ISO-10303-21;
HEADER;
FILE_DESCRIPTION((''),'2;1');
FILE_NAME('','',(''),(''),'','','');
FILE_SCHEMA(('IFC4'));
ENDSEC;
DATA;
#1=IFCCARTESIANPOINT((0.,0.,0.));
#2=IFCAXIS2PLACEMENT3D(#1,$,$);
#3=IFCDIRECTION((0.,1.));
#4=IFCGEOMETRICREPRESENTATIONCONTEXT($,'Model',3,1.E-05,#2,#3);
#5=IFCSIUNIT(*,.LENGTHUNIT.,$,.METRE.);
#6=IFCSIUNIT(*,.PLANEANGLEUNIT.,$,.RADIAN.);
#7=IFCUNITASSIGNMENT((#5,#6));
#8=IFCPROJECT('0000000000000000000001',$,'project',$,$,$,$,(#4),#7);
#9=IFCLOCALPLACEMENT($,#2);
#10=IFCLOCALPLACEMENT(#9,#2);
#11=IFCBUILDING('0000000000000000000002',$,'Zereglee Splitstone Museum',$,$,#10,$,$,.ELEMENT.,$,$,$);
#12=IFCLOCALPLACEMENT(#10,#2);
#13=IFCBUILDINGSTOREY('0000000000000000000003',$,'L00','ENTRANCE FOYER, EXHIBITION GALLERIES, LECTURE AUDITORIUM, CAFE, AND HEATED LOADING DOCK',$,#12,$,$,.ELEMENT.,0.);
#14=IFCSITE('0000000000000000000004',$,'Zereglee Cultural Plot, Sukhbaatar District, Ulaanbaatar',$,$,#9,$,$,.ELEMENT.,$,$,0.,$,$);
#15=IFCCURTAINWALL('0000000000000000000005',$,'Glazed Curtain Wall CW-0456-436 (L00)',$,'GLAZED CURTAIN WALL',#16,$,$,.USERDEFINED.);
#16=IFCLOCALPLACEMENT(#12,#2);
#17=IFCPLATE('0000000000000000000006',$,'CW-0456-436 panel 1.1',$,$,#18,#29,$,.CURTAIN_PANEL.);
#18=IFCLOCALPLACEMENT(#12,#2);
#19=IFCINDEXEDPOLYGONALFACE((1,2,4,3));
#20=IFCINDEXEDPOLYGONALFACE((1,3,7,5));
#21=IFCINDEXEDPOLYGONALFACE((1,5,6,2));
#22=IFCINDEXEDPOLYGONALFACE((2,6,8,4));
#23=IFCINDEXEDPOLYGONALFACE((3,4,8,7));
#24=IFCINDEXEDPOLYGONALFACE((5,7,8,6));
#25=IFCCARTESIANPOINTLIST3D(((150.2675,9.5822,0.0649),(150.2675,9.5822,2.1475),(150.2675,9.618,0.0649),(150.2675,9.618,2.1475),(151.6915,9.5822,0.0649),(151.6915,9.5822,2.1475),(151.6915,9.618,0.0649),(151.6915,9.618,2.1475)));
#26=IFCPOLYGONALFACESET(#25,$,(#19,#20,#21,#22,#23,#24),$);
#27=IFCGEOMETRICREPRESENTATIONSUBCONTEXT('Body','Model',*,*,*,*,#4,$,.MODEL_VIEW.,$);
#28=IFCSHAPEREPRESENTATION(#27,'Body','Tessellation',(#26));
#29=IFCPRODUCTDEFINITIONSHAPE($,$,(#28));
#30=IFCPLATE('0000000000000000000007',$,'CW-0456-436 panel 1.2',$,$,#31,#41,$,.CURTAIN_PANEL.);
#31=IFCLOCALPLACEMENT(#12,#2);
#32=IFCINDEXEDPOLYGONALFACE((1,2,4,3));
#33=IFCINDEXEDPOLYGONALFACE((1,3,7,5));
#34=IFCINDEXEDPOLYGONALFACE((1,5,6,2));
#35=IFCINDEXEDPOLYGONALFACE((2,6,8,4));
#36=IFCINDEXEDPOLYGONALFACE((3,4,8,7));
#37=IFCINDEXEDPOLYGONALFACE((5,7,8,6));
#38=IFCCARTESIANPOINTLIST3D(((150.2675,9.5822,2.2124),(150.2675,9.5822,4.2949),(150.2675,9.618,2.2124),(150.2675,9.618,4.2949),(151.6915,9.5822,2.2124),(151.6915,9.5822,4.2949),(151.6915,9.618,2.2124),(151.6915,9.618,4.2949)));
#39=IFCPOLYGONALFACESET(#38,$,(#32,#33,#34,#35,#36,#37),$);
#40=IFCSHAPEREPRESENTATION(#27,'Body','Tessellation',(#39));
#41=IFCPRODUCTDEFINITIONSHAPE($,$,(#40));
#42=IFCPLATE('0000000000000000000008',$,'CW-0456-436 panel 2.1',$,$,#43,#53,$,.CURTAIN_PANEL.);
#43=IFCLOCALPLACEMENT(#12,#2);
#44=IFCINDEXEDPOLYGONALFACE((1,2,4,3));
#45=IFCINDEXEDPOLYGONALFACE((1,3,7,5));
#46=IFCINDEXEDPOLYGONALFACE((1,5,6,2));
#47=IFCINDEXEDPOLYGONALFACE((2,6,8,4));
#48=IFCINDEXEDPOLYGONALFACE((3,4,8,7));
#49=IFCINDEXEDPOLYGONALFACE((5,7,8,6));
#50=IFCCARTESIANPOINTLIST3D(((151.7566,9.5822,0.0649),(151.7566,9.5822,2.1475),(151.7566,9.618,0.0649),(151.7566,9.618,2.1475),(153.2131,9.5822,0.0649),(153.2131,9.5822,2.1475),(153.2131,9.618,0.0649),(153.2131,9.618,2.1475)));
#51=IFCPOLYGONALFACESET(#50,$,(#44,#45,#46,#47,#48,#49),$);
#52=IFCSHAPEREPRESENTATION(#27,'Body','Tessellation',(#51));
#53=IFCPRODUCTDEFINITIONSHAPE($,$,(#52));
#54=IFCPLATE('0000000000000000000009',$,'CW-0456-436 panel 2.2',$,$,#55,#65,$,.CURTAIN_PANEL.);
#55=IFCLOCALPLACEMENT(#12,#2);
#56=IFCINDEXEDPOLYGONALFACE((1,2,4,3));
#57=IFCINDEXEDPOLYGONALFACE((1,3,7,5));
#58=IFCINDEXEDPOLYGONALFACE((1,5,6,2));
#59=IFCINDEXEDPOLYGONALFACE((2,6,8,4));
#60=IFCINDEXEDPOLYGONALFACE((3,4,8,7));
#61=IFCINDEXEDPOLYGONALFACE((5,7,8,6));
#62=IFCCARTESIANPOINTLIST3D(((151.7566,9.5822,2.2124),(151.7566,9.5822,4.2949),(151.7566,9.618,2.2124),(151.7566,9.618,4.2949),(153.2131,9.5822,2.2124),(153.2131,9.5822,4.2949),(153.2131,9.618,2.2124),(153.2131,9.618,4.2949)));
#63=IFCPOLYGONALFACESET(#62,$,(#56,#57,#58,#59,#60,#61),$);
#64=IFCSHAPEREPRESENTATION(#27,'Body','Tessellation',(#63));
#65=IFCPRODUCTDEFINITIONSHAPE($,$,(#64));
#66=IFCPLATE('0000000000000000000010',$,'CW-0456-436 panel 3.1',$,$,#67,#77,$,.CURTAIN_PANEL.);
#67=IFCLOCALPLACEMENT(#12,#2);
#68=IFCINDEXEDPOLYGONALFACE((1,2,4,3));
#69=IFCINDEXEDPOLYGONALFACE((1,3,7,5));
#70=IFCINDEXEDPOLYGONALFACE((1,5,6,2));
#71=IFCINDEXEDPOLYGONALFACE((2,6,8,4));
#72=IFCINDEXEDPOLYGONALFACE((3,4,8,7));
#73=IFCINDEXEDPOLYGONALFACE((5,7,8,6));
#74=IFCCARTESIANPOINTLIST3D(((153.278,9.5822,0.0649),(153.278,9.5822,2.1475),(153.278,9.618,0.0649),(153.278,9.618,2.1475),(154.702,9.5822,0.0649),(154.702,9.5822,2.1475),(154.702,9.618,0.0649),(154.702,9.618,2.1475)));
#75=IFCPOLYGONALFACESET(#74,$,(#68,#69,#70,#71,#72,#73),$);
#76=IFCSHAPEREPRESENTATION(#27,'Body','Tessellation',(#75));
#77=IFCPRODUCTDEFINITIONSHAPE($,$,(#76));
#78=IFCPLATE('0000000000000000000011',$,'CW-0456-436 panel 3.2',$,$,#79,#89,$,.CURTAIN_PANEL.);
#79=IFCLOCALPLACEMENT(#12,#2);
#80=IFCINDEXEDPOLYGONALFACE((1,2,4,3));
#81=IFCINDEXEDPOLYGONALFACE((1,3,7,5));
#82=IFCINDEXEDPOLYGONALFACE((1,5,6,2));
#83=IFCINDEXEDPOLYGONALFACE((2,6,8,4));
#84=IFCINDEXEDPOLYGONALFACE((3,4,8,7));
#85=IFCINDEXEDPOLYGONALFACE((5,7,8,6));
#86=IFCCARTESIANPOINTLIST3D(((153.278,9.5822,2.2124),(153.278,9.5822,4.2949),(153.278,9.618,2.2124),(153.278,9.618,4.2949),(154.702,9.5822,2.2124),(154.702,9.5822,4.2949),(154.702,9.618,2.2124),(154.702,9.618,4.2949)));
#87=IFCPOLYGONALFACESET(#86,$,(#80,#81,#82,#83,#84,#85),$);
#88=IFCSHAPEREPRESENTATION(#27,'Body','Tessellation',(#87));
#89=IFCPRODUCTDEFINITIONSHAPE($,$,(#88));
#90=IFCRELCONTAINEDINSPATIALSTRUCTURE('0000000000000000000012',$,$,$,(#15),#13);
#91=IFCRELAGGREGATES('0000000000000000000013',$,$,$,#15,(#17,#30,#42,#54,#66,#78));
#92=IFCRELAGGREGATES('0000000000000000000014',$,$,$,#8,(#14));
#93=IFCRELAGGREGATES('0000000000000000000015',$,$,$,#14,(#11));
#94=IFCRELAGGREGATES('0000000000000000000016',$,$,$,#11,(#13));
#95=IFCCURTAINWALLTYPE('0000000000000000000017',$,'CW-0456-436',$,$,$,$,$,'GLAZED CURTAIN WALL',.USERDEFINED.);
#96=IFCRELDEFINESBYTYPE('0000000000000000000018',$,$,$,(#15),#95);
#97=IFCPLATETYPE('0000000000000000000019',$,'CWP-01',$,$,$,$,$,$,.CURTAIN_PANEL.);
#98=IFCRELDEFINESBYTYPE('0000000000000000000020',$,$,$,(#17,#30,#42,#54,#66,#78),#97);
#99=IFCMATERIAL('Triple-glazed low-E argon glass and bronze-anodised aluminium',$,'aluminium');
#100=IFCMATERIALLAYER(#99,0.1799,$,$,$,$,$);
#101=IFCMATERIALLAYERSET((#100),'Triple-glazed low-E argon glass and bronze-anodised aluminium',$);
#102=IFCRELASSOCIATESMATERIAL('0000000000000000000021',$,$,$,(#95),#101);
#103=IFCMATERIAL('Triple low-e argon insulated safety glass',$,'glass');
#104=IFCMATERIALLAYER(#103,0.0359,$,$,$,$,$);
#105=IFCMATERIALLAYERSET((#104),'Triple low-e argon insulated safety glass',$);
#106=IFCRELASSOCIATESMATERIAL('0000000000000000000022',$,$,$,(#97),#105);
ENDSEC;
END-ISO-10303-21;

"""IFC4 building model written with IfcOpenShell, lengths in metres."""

from ifc_helpers import new_model, si_unit, direction, frame, origin, origin_2d, place, context, subcontext, project, spatial, rectangle, extrude, material, layer, layer_set, type_object, element, aggregate, save


model = new_model("IFC4")

# Units and contexts
model_context = context("Model", 3, precision=1e-05, world=origin(), true_north=direction((0.0, 1.0)))
body_context = subcontext(model_context, "Body", "Model", "MODEL_VIEW")
ifc_project = project(units=[si_unit("LENGTHUNIT", "METRE"), si_unit("PLANEANGLEUNIT", "RADIAN")], contexts=[model_context])

# Site, building, storey
site_placement = place(None, origin())
site = spatial("IfcSite", under=ifc_project, at=site_placement, Name="Zereglee Cultural Plot, Sukhbaatar District, Ulaanbaatar", CompositionType="ELEMENT", RefElevation=0.0)
building_placement = place(site_placement, origin())
building = spatial("IfcBuilding", under=site, at=building_placement, Name="Zereglee Splitstone Museum", CompositionType="ELEMENT")
storey_placement = place(building_placement, origin())
storey = spatial("IfcBuildingStorey", under=building, at=storey_placement, Name="L00", Description="ENTRANCE FOYER, EXHIBITION GALLERIES, LECTURE AUDITORIUM, CAFE, AND HEATED LOADING DOCK", CompositionType="ELEMENT", Elevation=0.0)

# Shared definitions
ifc_material_1 = material(Name="Triple-glazed low-E argon glass and bronze-anodised aluminium", Category="aluminium")

# Curtain wall
ifc_layer_1 = layer(ifc_material_1, 0.1799)
ifc_layer_set_1 = layer_set([ifc_layer_1], Name="Triple-glazed low-E argon glass and bronze-anodised aluminium")
curtain_wall_type_1 = type_object("IfcCurtainWallType", Name="CW-0456-436", ElementType="GLAZED CURTAIN WALL", PredefinedType="USERDEFINED", material=ifc_layer_set_1)
curtain_wall_1_placement = place(storey_placement, origin())
curtain_wall_1 = element("IfcCurtainWall", 1, at=curtain_wall_1_placement, inside=storey, type_object=curtain_wall_type_1, Name="Glazed Curtain Wall CW-0456-436 (L00)", ObjectType="GLAZED CURTAIN WALL", PredefinedType="USERDEFINED")

# Plates
ifc_material_2 = material(Name="Triple low-e argon insulated safety glass", Category="glass")
ifc_layer_2 = layer(ifc_material_2, 0.0359)
ifc_layer_set_2 = layer_set([ifc_layer_2], Name="Triple low-e argon insulated safety glass")
plate_type = type_object("IfcPlateType", Name="CWP-01", PredefinedType="CURTAIN_PANEL", material=ifc_layer_set_2)
plate_1_placement = place(storey_placement, frame((150.9795, 9.6001, 0.0649), z_axis=(0.0, 0.0, 1.0), x_axis=(1.0, 0.0, 0.0)))
plate_1 = element("IfcPlate", 2, at=plate_1_placement, type_object=plate_type, Name="CW-0456-436 panel 1.1", PredefinedType="CURTAIN_PANEL", context=body_context, shape_type="SweptSolid", body=[
    extrude(rectangle(XDim=1.4241, YDim=0.0359, at=origin_2d()), origin(), (0.0, 0.0, 1.0), 2.0825),
])
plate_2_placement = place(storey_placement, frame((150.9795, 9.6001, 2.2124), z_axis=(0.0, 0.0, 1.0), x_axis=(1.0, 0.0, 0.0)))
plate_2 = element("IfcPlate", 3, at=plate_2_placement, type_object=plate_type, Name="CW-0456-436 panel 1.2", PredefinedType="CURTAIN_PANEL", context=body_context, shape_type="SweptSolid", body=[
    extrude(rectangle(XDim=1.4241, YDim=0.0359, at=origin_2d()), origin(), (0.0, 0.0, 1.0), 2.0825),
])
plate_3_placement = place(storey_placement, frame((152.4849, 9.6001, 0.0649), z_axis=(0.0, 0.0, 1.0), x_axis=(1.0, 0.0, 0.0)))
plate_3 = element("IfcPlate", 4, at=plate_3_placement, type_object=plate_type, Name="CW-0456-436 panel 2.1", PredefinedType="CURTAIN_PANEL", context=body_context, shape_type="SweptSolid", body=[
    extrude(rectangle(XDim=1.4565, YDim=0.0359, at=origin_2d()), origin(), (0.0, 0.0, 1.0), 2.0825),
])
plate_4_placement = place(storey_placement, frame((152.4849, 9.6001, 2.2124), z_axis=(0.0, 0.0, 1.0), x_axis=(1.0, 0.0, 0.0)))
plate_4 = element("IfcPlate", 5, at=plate_4_placement, type_object=plate_type, Name="CW-0456-436 panel 2.2", PredefinedType="CURTAIN_PANEL", context=body_context, shape_type="SweptSolid", body=[
    extrude(rectangle(XDim=1.4565, YDim=0.0359, at=origin_2d()), origin(), (0.0, 0.0, 1.0), 2.0825),
])
plate_5_placement = place(storey_placement, frame((153.99, 9.6001, 0.0649), z_axis=(0.0, 0.0, 1.0), x_axis=(1.0, 0.0, 0.0)))
plate_5 = element("IfcPlate", 6, at=plate_5_placement, type_object=plate_type, Name="CW-0456-436 panel 3.1", PredefinedType="CURTAIN_PANEL", context=body_context, shape_type="SweptSolid", body=[
    extrude(rectangle(XDim=1.4241, YDim=0.0359, at=origin_2d()), origin(), (0.0, 0.0, 1.0), 2.0825),
])
plate_6_placement = place(storey_placement, frame((153.99, 9.6001, 2.2124), z_axis=(0.0, 0.0, 1.0), x_axis=(1.0, 0.0, 0.0)))
plate_6 = element("IfcPlate", 7, at=plate_6_placement, type_object=plate_type, Name="CW-0456-436 panel 3.2", PredefinedType="CURTAIN_PANEL", context=body_context, shape_type="SweptSolid", body=[
    extrude(rectangle(XDim=1.4241, YDim=0.0359, at=origin_2d()), origin(), (0.0, 0.0, 1.0), 2.0825),
])
aggregate(curtain_wall_1, [plate_1, plate_2, plate_3, plate_4, plate_5, plate_6])

save(model, "model.ifc")
